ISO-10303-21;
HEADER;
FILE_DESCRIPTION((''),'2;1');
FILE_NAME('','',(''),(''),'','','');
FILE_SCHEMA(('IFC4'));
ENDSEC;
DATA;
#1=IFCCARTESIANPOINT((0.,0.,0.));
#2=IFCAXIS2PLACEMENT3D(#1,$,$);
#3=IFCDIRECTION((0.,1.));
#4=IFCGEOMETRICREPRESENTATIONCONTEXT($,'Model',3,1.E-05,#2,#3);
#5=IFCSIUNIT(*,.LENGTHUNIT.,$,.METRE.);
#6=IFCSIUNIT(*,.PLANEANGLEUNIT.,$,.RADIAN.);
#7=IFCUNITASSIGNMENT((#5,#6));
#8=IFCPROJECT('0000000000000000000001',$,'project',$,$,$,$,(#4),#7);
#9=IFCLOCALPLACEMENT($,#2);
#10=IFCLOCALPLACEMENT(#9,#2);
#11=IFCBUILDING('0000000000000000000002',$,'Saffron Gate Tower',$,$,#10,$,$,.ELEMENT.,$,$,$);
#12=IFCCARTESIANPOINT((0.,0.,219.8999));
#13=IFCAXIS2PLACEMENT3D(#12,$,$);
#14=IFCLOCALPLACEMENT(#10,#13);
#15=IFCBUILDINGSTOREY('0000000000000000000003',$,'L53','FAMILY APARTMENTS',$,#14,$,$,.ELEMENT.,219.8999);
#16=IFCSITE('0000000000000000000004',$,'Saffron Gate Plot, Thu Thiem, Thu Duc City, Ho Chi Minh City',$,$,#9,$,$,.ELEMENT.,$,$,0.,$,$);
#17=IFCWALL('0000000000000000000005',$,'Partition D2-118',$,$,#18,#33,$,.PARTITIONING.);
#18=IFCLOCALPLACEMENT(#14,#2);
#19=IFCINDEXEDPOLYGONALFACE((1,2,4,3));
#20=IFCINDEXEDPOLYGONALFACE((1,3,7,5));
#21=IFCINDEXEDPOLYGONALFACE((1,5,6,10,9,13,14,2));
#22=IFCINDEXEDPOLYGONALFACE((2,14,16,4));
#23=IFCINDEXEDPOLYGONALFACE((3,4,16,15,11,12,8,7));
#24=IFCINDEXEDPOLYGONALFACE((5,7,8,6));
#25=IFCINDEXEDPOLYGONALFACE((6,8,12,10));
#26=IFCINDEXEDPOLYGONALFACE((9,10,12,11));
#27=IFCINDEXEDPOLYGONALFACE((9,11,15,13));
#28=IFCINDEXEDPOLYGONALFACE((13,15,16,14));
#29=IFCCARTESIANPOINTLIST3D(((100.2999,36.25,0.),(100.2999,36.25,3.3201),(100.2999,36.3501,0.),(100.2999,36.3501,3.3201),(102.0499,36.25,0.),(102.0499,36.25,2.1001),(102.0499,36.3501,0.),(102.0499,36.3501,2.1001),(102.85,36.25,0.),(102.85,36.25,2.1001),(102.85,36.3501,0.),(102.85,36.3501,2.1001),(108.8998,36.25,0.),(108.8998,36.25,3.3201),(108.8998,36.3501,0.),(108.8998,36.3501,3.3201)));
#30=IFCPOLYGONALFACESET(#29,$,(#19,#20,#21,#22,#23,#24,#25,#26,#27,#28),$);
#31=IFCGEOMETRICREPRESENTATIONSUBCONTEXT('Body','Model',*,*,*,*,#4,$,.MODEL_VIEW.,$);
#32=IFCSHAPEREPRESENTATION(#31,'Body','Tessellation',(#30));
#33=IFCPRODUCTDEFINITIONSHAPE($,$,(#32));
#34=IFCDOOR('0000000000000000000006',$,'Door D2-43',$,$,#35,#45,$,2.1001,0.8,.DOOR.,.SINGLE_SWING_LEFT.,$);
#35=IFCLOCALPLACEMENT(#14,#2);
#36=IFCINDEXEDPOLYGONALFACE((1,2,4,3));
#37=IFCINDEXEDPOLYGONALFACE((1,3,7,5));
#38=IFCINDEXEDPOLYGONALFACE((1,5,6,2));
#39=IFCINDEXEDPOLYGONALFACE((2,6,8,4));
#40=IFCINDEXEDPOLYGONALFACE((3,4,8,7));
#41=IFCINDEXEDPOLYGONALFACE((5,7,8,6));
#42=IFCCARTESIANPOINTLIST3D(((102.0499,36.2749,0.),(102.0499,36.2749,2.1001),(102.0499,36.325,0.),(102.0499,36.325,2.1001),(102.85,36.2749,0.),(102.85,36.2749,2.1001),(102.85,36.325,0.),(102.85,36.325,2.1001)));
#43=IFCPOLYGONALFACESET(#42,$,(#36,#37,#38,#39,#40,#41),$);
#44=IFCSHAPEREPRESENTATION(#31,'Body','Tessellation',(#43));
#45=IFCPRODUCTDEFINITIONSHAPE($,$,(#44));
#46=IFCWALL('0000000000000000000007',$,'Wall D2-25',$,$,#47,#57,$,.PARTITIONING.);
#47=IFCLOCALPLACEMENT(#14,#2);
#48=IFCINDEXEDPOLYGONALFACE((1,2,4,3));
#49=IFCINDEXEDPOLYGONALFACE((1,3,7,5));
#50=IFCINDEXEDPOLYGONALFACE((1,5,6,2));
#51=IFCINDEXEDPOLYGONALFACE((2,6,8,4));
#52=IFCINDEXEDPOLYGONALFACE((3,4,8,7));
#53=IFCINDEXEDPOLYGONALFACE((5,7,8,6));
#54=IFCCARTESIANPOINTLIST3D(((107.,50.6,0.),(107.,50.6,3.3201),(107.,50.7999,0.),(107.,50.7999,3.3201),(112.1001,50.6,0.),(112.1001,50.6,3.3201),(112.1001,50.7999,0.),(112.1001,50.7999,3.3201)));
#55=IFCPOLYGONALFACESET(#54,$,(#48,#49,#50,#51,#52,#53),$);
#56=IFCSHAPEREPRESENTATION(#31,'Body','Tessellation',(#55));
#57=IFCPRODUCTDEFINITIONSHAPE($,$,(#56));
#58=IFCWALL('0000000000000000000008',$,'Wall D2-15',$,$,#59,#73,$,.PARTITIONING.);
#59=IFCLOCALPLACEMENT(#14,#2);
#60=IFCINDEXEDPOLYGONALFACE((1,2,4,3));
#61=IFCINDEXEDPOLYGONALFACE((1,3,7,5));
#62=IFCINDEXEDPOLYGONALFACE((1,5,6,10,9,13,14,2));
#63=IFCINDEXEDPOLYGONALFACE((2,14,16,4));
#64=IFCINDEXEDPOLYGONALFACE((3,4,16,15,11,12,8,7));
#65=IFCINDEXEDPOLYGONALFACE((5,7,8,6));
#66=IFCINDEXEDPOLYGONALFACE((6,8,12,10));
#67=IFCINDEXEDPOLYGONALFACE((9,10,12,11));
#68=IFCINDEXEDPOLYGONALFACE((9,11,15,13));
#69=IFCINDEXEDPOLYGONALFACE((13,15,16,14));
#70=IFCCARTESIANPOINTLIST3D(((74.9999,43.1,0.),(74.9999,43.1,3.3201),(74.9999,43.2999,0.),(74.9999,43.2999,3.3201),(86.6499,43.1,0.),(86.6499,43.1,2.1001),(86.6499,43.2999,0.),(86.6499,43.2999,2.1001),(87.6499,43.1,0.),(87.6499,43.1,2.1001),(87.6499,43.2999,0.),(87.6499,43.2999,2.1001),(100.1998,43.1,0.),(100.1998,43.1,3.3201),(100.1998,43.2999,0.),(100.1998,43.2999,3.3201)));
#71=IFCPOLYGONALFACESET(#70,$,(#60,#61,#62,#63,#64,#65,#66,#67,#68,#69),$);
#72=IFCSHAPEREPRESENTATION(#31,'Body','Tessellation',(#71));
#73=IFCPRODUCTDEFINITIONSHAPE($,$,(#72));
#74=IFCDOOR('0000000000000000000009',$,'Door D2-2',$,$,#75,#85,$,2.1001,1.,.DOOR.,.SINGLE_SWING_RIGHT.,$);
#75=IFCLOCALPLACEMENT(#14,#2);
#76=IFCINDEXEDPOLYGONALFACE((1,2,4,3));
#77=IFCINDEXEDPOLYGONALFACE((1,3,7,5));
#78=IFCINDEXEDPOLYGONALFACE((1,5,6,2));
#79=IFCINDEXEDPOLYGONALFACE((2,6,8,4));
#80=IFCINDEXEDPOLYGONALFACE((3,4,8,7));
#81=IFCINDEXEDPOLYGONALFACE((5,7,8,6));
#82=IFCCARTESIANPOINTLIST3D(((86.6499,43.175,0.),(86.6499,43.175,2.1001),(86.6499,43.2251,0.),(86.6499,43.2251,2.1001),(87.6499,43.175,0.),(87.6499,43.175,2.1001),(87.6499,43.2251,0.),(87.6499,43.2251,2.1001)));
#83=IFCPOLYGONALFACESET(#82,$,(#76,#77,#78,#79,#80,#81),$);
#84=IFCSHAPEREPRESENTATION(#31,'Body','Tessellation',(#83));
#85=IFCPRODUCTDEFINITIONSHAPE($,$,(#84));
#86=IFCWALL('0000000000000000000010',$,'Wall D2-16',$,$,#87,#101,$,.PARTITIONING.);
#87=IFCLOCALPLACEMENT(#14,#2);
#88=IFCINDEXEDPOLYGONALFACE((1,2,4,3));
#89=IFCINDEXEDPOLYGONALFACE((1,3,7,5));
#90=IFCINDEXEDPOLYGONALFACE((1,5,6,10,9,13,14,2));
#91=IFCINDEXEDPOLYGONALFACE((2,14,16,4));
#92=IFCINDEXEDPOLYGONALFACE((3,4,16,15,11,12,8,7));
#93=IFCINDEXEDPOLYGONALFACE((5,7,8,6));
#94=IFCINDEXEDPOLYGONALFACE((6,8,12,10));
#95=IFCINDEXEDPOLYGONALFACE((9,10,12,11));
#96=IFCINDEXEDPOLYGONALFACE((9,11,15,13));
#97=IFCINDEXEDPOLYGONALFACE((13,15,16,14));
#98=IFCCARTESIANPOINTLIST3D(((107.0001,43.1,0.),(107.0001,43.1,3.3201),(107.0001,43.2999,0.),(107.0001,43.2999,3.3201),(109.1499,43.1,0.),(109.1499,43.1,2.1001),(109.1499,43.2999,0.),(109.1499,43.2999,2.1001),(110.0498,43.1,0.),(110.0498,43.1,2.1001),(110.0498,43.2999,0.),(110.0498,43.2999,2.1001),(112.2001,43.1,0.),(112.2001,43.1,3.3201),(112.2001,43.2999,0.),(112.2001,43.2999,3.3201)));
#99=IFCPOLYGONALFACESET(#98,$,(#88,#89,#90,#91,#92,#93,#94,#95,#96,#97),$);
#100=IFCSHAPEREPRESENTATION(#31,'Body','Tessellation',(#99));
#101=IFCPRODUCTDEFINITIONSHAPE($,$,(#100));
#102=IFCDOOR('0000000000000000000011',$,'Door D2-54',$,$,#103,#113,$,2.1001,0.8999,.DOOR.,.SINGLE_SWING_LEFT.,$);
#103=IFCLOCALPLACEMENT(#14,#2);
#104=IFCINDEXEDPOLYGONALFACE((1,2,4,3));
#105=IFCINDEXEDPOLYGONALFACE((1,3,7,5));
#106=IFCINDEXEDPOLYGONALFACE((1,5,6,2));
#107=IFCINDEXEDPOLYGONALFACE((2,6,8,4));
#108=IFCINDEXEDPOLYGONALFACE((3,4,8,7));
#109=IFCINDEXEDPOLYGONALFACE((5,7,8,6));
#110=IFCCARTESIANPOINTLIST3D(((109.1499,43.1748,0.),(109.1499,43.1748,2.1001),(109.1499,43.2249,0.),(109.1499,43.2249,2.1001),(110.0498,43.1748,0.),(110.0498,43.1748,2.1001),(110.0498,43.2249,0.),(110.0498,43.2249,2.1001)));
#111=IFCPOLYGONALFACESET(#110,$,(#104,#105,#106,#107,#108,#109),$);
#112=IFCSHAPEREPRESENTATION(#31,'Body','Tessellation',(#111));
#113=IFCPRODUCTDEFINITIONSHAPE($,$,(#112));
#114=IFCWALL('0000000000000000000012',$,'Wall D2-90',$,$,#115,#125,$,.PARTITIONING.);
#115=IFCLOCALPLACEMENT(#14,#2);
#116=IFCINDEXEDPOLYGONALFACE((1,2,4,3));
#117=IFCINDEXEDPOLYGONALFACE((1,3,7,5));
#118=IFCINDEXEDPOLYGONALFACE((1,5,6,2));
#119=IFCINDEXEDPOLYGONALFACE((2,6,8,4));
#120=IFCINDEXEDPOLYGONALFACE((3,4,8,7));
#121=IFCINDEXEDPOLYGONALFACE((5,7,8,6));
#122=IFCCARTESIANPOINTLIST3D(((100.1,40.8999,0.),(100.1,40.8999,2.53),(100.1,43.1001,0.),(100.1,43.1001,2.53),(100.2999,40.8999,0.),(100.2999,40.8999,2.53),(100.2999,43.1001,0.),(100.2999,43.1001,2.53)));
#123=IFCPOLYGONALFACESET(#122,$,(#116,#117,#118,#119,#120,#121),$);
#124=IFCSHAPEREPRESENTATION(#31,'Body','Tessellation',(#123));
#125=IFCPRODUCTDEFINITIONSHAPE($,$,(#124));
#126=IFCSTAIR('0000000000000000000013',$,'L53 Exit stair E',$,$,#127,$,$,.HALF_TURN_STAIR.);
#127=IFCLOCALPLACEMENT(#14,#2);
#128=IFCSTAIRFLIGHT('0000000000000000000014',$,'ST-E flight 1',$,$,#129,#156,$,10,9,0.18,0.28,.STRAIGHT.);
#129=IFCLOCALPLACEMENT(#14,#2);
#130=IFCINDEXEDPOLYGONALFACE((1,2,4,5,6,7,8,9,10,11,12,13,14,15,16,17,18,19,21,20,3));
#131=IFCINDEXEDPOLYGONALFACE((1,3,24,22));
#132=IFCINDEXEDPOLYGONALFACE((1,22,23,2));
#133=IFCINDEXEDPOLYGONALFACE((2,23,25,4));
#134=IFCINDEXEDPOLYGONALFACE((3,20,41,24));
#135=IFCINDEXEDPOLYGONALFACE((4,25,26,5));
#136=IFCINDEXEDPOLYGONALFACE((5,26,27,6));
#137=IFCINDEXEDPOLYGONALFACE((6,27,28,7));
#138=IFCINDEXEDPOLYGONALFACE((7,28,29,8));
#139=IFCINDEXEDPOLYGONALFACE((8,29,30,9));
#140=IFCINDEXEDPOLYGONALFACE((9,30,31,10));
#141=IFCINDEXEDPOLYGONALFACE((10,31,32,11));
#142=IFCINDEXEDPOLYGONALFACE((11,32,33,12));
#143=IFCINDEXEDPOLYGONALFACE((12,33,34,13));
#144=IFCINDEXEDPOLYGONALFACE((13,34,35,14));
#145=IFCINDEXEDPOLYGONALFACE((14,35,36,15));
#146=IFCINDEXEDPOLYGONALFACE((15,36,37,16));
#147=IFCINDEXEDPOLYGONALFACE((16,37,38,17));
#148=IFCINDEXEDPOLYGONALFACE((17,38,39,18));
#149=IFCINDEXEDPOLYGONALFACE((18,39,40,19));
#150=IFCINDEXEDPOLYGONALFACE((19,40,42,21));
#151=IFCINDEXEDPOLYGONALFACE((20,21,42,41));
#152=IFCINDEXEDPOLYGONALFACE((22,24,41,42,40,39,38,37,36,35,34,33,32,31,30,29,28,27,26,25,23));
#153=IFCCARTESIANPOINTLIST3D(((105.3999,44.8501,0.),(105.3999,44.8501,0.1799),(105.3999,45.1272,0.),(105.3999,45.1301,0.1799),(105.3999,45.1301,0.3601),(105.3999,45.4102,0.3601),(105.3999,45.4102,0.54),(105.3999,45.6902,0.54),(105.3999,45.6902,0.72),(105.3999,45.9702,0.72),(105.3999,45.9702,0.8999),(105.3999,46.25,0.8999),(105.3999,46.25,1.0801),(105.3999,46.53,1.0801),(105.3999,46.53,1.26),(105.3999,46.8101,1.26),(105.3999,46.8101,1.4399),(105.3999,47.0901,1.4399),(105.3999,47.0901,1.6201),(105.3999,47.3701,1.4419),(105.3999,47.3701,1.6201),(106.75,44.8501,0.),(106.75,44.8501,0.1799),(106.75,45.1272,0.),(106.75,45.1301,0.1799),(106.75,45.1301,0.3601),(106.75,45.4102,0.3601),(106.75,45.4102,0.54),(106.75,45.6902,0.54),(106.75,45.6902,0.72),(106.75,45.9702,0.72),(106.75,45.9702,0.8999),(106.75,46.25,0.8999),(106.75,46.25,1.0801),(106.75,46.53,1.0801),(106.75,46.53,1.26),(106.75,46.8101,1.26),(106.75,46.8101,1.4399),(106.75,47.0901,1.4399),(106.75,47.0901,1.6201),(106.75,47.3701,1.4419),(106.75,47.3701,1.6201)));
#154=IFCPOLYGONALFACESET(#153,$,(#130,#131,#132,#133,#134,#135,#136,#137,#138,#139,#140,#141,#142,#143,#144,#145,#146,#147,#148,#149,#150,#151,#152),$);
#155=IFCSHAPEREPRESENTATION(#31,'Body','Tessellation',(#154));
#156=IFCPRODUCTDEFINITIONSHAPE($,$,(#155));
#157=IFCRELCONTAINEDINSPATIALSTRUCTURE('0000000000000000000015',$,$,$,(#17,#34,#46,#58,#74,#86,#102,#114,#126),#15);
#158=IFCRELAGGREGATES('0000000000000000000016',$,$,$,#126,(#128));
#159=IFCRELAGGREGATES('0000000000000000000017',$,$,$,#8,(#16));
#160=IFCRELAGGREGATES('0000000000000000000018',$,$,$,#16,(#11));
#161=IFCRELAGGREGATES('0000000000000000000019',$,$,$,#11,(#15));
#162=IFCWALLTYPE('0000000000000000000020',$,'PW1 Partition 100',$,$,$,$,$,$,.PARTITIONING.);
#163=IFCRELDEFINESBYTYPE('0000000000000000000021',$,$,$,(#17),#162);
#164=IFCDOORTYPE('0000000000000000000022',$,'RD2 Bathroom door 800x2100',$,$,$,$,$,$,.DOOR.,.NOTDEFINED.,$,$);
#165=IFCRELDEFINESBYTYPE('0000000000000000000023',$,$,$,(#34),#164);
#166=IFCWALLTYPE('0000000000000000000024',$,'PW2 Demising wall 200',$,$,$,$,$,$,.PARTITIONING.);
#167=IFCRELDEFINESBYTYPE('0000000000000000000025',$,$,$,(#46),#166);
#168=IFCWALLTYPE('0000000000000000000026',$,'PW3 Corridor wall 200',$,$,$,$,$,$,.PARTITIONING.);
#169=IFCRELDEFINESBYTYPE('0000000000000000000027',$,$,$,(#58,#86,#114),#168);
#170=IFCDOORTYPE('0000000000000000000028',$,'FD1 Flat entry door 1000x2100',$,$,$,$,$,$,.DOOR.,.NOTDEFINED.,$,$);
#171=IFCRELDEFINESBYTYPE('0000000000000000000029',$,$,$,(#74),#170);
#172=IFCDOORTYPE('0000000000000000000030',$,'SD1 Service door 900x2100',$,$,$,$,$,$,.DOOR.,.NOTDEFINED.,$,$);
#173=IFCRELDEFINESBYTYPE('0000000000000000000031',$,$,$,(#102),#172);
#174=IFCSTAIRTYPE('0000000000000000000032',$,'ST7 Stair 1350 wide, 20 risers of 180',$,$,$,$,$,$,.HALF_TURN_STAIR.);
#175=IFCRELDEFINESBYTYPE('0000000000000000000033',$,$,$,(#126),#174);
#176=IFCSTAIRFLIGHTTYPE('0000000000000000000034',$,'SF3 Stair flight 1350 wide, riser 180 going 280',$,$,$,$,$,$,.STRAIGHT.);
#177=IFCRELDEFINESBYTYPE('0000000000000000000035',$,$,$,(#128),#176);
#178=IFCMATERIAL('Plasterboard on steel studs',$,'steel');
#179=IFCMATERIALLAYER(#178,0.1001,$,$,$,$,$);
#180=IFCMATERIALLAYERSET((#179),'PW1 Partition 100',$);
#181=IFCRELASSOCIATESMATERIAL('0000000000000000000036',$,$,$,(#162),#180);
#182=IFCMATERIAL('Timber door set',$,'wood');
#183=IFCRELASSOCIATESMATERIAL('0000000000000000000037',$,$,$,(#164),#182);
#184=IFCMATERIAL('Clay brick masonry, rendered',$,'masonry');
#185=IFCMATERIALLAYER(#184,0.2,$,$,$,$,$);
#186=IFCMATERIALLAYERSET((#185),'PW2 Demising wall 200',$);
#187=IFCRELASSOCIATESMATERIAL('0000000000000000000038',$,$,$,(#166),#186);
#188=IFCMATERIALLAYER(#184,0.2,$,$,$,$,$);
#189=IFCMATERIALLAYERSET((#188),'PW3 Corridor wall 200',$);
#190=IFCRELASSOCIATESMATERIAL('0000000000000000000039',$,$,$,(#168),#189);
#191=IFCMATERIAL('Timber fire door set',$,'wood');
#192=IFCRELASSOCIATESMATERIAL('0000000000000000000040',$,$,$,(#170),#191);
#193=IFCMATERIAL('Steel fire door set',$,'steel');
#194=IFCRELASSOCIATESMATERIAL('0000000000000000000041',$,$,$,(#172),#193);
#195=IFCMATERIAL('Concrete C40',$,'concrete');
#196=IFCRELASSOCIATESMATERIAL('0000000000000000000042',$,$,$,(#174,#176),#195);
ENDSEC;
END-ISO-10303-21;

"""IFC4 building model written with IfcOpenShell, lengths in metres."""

from ifc_helpers import new_model, si_unit, direction, frame, frame_2d, origin, place, context, subcontext, project, spatial, polyline, rectangle, outline, extrude, material, layer, layer_set, type_object, element, fill, aggregate, save


model = new_model("IFC4")

# Units and contexts
model_context = context("Model", 3, precision=1e-05, world=origin(), true_north=direction((0.0, 1.0)))
body_context = subcontext(model_context, "Body", "Model", "MODEL_VIEW")
ifc_project = project(units=[si_unit("LENGTHUNIT", "METRE"), si_unit("PLANEANGLEUNIT", "RADIAN")], contexts=[model_context])

# Site, building, storey
site_placement = place(None, origin())
site = spatial("IfcSite", under=ifc_project, at=site_placement, Name="Saffron Gate Plot, Thu Thiem, Thu Duc City, Ho Chi Minh City", CompositionType="ELEMENT", RefElevation=0.0)
building_placement = place(site_placement, origin())
building = spatial("IfcBuilding", under=site, at=building_placement, Name="Saffron Gate Tower", CompositionType="ELEMENT")
storey_placement = place(building_placement, frame((0.0, 0.0, 219.8999)))
storey = spatial("IfcBuildingStorey", under=building, at=storey_placement, Name="L53", Description="FAMILY APARTMENTS", CompositionType="ELEMENT", Elevation=219.8999)

# Shared definitions
ifc_material_1 = material(Name="Steel fire door set", Category="steel")

# Shared definitions
ifc_material_2 = material(Name="Plasterboard on steel studs", Category="steel")
ifc_layer_1 = layer(ifc_material_2, 0.1001)
ifc_layer_set_1 = layer_set([ifc_layer_1], Name="PW1 Partition 100")
wall_type_1 = type_object("IfcWallType", Name="PW1 Partition 100", PredefinedType="PARTITIONING", material=ifc_layer_set_1)

# Shared definitions
ifc_material_3 = material(Name="Timber door set", Category="wood")

# Wall, opening, door
wall_1_placement = place(storey_placement, frame((100.3, 36.3, 0.0), z_axis=(0.0, 0.0, 1.0), x_axis=(1.0, 0.0, 0.0)))
wall_1 = element("IfcWall", 1, at=wall_1_placement, inside=storey, type_object=wall_type_1, Name="Partition D2-118", PredefinedType="PARTITIONING", context=body_context, shape_type="SweptSolid", body=[
    extrude(rectangle(XDim=8.5999, YDim=0.1001, at=frame_2d((4.2998, 0.0))), origin(), (0.0, 0.0, 1.0), 3.3201),
])
opening_1_placement = place(wall_1_placement, frame((1.75, 0.0, 0.0)))
opening_1 = element("IfcOpeningElement", 2, at=opening_1_placement, cuts=wall_1, PredefinedType="OPENING", context=body_context, shape_type="SweptSolid", body=[
    extrude(rectangle(XDim=0.8, YDim=2.1001, at=frame_2d((0.3999, 1.05))), frame((0.0, 0.0601, 0.0), z_axis=(0.0, -1.0, 0.0), x_axis=(1.0, 0.0, 0.0)), (0.0, 0.0, 1.0), 0.1201),
])
door_type_1 = type_object("IfcDoorType", Name="RD2 Bathroom door 800x2100", OperationType="NOTDEFINED", PredefinedType="DOOR", material=ifc_material_3)
door_1_placement = place(opening_1_placement, origin())
door_1 = element("IfcDoor", 3, at=door_1_placement, inside=storey, type_object=door_type_1, Name="Door D2-43", OperationType="SINGLE_SWING_LEFT", OverallHeight=2.1001, OverallWidth=0.8, PredefinedType="DOOR", context=body_context, shape_type="SweptSolid", body=[
    extrude(rectangle(XDim=0.8, YDim=2.1001, at=frame_2d((0.3999, 1.05))), frame((0.0, 0.0249, 0.0), z_axis=(0.0, -1.0, 0.0), x_axis=(1.0, 0.0, 0.0)), (0.0, 0.0, 1.0), 0.05),
])
fill(opening_1, door_1)

# Wall
ifc_material_4 = material(Name="Clay brick masonry, rendered", Category="masonry")
ifc_layer_2 = layer(ifc_material_4, 0.2)
ifc_layer_set_2 = layer_set([ifc_layer_2], Name="PW2 Demising wall 200")
wall_type_2 = type_object("IfcWallType", Name="PW2 Demising wall 200", PredefinedType="PARTITIONING", material=ifc_layer_set_2)
wall_2_placement = place(storey_placement, frame((107.0, 50.7, 0.0), z_axis=(0.0, 0.0, 1.0), x_axis=(1.0, 0.0, 0.0)))
element("IfcWall", 4, at=wall_2_placement, inside=storey, type_object=wall_type_2, Name="Wall D2-25", PredefinedType="PARTITIONING", context=body_context, shape_type="SweptSolid", body=[
    extrude(rectangle(XDim=5.1001, YDim=0.2, at=frame_2d((2.55, 0.0))), origin(), (0.0, 0.0, 1.0), 3.3201),
])

# Walls, openings, doors
ifc_layer_3 = layer(ifc_material_4, 0.2)
ifc_layer_set_3 = layer_set([ifc_layer_3], Name="PW3 Corridor wall 200")
wall_type_3 = type_object("IfcWallType", Name="PW3 Corridor wall 200", PredefinedType="PARTITIONING", material=ifc_layer_set_3)
wall_3_placement = place(storey_placement, frame((100.2, 43.2, 0.0), z_axis=(0.0, 0.0, 1.0), x_axis=(-1.0, 0.0, 0.0)))
wall_3 = element("IfcWall", 5, at=wall_3_placement, inside=storey, type_object=wall_type_3, Name="Wall D2-15", PredefinedType="PARTITIONING", context=body_context, shape_type="SweptSolid", body=[
    extrude(rectangle(XDim=25.2, YDim=0.2, at=frame_2d((12.6001, 0.0))), origin(), (0.0, 0.0, 1.0), 3.3201),
])
opening_2_placement = place(wall_3_placement, frame((12.55, 0.0, 0.0)))
opening_2 = element("IfcOpeningElement", 6, at=opening_2_placement, cuts=wall_3, PredefinedType="OPENING", context=body_context, shape_type="SweptSolid", body=[
    extrude(rectangle(XDim=1.0, YDim=2.1001, at=frame_2d((0.5, 1.05))), frame((0.0, 0.1099, 0.0), z_axis=(0.0, -1.0, 0.0), x_axis=(1.0, 0.0, 0.0)), (0.0, 0.0, 1.0), 0.22),
])
ifc_material_5 = material(Name="Timber fire door set", Category="wood")
door_type_2 = type_object("IfcDoorType", Name="FD1 Flat entry door 1000x2100", OperationType="NOTDEFINED", PredefinedType="DOOR", material=ifc_material_5)
door_2_placement = place(opening_2_placement, origin())
door_2 = element("IfcDoor", 7, at=door_2_placement, inside=storey, type_object=door_type_2, Name="Door D2-2", OperationType="SINGLE_SWING_RIGHT", OverallHeight=2.1001, OverallWidth=1.0, PredefinedType="DOOR", context=body_context, shape_type="SweptSolid", body=[
    extrude(rectangle(XDim=1.0, YDim=2.1001, at=frame_2d((0.5, 1.05))), frame((0.0, 0.0249, 0.0), z_axis=(0.0, -1.0, 0.0), x_axis=(1.0, 0.0, 0.0)), (0.0, 0.0, 1.0), 0.05),
])
fill(opening_2, door_2)
wall_4_placement = place(storey_placement, frame((107.0, 43.2, 0.0), z_axis=(0.0, 0.0, 1.0), x_axis=(1.0, 0.0, 0.0)))
wall_4 = element("IfcWall", 8, at=wall_4_placement, inside=storey, type_object=wall_type_3, Name="Wall D2-16", PredefinedType="PARTITIONING", context=body_context, shape_type="SweptSolid", body=[
    extrude(rectangle(XDim=5.2, YDim=0.2, at=frame_2d((2.6001, 0.0))), origin(), (0.0, 0.0, 1.0), 3.3201),
])
opening_3_placement = place(wall_4_placement, frame((2.1499, 0.0, 0.0)))
opening_3 = element("IfcOpeningElement", 9, at=opening_3_placement, cuts=wall_4, PredefinedType="OPENING", context=body_context, shape_type="SweptSolid", body=[
    extrude(rectangle(XDim=0.8999, YDim=2.1001, at=frame_2d((0.45, 1.05))), frame((0.0, 0.1099, 0.0), z_axis=(0.0, -1.0, 0.0), x_axis=(1.0, 0.0, 0.0)), (0.0, 0.0, 1.0), 0.22),
])
door_type_3 = type_object("IfcDoorType", Name="SD1 Service door 900x2100", OperationType="NOTDEFINED", PredefinedType="DOOR", material=ifc_material_1)
door_3_placement = place(opening_3_placement, origin())
door_3 = element("IfcDoor", 10, at=door_3_placement, inside=storey, type_object=door_type_3, Name="Door D2-54", OperationType="SINGLE_SWING_LEFT", OverallHeight=2.1001, OverallWidth=0.8999, PredefinedType="DOOR", context=body_context, shape_type="SweptSolid", body=[
    extrude(rectangle(XDim=0.8999, YDim=2.1001, at=frame_2d((0.45, 1.05))), frame((0.0, 0.0249, 0.0), z_axis=(0.0, -1.0, 0.0), x_axis=(1.0, 0.0, 0.0)), (0.0, 0.0, 1.0), 0.05),
])
fill(opening_3, door_3)

# Wall
wall_5_placement = place(storey_placement, frame((100.2, 43.1001, 0.0), z_axis=(0.0, 0.0, 1.0), x_axis=(0.0, -1.0, 0.0)))
element("IfcWall", 11, at=wall_5_placement, inside=storey, type_object=wall_type_3, Name="Wall D2-90", PredefinedType="PARTITIONING", context=body_context, shape_type="SweptSolid", body=[
    extrude(rectangle(XDim=2.2002, YDim=0.2, at=frame_2d((1.1001, 0.0))), origin(), (0.0, 0.0, 1.0), 2.53),
])

# Stair, stair flight
ifc_material_6 = material(Name="Concrete C40", Category="concrete")
stair_type = type_object("IfcStairType", Name="ST7 Stair 1350 wide, 20 risers of 180", PredefinedType="HALF_TURN_STAIR", material=ifc_material_6)
stair_placement = place(storey_placement, origin())
stair = element("IfcStair", 12, at=stair_placement, inside=storey, type_object=stair_type, Name="L53 Exit stair E", PredefinedType="HALF_TURN_STAIR")
stair_flight_type = type_object("IfcStairFlightType", Name="SF3 Stair flight 1350 wide, riser 180 going 280", PredefinedType="STRAIGHT", material=ifc_material_6)
stair_flight_1_placement = place(storey_placement, frame((106.075, 44.8501, 0.0), z_axis=(0.0, 0.0, 1.0), x_axis=(0.0, 1.0, 0.0)))
stair_flight_1 = element("IfcStairFlight", 13, at=stair_flight_1_placement, type_object=stair_flight_type, Name="ST-E flight 1", NumberOfRisers=10, NumberOfTreads=9, PredefinedType="STRAIGHT", RiserHeight=0.18, TreadLength=0.28, context=body_context, shape_type="SweptSolid", body=[
    extrude(outline(polyline([(0.0, 0.0), (0.0, 0.1799), (0.28, 0.1799), (0.28, 0.3601), (0.5601, 0.3601), (0.5601, 0.54), (0.8401, 0.54), (0.8401, 0.72), (1.1201, 0.72), (1.1201, 0.8999), (1.3999, 0.8999), (1.3999, 1.0801), (1.6799, 1.0801), (1.6799, 1.26), (1.96, 1.26), (1.96, 1.4399), (2.24, 1.4399), (2.24, 1.6201), (2.52, 1.6201), (2.52, 1.8), (2.52, 1.4419), (0.2771, 0.0), (0.0, 0.0)])), frame((0.0, 0.675, 0.0), z_axis=(0.0, -1.0, 0.0), x_axis=(1.0, 0.0, 0.0)), (0.0, 0.0, 1.0), 1.3501),
])
aggregate(stair, [stair_flight_1])

save(model, "model.ifc")
